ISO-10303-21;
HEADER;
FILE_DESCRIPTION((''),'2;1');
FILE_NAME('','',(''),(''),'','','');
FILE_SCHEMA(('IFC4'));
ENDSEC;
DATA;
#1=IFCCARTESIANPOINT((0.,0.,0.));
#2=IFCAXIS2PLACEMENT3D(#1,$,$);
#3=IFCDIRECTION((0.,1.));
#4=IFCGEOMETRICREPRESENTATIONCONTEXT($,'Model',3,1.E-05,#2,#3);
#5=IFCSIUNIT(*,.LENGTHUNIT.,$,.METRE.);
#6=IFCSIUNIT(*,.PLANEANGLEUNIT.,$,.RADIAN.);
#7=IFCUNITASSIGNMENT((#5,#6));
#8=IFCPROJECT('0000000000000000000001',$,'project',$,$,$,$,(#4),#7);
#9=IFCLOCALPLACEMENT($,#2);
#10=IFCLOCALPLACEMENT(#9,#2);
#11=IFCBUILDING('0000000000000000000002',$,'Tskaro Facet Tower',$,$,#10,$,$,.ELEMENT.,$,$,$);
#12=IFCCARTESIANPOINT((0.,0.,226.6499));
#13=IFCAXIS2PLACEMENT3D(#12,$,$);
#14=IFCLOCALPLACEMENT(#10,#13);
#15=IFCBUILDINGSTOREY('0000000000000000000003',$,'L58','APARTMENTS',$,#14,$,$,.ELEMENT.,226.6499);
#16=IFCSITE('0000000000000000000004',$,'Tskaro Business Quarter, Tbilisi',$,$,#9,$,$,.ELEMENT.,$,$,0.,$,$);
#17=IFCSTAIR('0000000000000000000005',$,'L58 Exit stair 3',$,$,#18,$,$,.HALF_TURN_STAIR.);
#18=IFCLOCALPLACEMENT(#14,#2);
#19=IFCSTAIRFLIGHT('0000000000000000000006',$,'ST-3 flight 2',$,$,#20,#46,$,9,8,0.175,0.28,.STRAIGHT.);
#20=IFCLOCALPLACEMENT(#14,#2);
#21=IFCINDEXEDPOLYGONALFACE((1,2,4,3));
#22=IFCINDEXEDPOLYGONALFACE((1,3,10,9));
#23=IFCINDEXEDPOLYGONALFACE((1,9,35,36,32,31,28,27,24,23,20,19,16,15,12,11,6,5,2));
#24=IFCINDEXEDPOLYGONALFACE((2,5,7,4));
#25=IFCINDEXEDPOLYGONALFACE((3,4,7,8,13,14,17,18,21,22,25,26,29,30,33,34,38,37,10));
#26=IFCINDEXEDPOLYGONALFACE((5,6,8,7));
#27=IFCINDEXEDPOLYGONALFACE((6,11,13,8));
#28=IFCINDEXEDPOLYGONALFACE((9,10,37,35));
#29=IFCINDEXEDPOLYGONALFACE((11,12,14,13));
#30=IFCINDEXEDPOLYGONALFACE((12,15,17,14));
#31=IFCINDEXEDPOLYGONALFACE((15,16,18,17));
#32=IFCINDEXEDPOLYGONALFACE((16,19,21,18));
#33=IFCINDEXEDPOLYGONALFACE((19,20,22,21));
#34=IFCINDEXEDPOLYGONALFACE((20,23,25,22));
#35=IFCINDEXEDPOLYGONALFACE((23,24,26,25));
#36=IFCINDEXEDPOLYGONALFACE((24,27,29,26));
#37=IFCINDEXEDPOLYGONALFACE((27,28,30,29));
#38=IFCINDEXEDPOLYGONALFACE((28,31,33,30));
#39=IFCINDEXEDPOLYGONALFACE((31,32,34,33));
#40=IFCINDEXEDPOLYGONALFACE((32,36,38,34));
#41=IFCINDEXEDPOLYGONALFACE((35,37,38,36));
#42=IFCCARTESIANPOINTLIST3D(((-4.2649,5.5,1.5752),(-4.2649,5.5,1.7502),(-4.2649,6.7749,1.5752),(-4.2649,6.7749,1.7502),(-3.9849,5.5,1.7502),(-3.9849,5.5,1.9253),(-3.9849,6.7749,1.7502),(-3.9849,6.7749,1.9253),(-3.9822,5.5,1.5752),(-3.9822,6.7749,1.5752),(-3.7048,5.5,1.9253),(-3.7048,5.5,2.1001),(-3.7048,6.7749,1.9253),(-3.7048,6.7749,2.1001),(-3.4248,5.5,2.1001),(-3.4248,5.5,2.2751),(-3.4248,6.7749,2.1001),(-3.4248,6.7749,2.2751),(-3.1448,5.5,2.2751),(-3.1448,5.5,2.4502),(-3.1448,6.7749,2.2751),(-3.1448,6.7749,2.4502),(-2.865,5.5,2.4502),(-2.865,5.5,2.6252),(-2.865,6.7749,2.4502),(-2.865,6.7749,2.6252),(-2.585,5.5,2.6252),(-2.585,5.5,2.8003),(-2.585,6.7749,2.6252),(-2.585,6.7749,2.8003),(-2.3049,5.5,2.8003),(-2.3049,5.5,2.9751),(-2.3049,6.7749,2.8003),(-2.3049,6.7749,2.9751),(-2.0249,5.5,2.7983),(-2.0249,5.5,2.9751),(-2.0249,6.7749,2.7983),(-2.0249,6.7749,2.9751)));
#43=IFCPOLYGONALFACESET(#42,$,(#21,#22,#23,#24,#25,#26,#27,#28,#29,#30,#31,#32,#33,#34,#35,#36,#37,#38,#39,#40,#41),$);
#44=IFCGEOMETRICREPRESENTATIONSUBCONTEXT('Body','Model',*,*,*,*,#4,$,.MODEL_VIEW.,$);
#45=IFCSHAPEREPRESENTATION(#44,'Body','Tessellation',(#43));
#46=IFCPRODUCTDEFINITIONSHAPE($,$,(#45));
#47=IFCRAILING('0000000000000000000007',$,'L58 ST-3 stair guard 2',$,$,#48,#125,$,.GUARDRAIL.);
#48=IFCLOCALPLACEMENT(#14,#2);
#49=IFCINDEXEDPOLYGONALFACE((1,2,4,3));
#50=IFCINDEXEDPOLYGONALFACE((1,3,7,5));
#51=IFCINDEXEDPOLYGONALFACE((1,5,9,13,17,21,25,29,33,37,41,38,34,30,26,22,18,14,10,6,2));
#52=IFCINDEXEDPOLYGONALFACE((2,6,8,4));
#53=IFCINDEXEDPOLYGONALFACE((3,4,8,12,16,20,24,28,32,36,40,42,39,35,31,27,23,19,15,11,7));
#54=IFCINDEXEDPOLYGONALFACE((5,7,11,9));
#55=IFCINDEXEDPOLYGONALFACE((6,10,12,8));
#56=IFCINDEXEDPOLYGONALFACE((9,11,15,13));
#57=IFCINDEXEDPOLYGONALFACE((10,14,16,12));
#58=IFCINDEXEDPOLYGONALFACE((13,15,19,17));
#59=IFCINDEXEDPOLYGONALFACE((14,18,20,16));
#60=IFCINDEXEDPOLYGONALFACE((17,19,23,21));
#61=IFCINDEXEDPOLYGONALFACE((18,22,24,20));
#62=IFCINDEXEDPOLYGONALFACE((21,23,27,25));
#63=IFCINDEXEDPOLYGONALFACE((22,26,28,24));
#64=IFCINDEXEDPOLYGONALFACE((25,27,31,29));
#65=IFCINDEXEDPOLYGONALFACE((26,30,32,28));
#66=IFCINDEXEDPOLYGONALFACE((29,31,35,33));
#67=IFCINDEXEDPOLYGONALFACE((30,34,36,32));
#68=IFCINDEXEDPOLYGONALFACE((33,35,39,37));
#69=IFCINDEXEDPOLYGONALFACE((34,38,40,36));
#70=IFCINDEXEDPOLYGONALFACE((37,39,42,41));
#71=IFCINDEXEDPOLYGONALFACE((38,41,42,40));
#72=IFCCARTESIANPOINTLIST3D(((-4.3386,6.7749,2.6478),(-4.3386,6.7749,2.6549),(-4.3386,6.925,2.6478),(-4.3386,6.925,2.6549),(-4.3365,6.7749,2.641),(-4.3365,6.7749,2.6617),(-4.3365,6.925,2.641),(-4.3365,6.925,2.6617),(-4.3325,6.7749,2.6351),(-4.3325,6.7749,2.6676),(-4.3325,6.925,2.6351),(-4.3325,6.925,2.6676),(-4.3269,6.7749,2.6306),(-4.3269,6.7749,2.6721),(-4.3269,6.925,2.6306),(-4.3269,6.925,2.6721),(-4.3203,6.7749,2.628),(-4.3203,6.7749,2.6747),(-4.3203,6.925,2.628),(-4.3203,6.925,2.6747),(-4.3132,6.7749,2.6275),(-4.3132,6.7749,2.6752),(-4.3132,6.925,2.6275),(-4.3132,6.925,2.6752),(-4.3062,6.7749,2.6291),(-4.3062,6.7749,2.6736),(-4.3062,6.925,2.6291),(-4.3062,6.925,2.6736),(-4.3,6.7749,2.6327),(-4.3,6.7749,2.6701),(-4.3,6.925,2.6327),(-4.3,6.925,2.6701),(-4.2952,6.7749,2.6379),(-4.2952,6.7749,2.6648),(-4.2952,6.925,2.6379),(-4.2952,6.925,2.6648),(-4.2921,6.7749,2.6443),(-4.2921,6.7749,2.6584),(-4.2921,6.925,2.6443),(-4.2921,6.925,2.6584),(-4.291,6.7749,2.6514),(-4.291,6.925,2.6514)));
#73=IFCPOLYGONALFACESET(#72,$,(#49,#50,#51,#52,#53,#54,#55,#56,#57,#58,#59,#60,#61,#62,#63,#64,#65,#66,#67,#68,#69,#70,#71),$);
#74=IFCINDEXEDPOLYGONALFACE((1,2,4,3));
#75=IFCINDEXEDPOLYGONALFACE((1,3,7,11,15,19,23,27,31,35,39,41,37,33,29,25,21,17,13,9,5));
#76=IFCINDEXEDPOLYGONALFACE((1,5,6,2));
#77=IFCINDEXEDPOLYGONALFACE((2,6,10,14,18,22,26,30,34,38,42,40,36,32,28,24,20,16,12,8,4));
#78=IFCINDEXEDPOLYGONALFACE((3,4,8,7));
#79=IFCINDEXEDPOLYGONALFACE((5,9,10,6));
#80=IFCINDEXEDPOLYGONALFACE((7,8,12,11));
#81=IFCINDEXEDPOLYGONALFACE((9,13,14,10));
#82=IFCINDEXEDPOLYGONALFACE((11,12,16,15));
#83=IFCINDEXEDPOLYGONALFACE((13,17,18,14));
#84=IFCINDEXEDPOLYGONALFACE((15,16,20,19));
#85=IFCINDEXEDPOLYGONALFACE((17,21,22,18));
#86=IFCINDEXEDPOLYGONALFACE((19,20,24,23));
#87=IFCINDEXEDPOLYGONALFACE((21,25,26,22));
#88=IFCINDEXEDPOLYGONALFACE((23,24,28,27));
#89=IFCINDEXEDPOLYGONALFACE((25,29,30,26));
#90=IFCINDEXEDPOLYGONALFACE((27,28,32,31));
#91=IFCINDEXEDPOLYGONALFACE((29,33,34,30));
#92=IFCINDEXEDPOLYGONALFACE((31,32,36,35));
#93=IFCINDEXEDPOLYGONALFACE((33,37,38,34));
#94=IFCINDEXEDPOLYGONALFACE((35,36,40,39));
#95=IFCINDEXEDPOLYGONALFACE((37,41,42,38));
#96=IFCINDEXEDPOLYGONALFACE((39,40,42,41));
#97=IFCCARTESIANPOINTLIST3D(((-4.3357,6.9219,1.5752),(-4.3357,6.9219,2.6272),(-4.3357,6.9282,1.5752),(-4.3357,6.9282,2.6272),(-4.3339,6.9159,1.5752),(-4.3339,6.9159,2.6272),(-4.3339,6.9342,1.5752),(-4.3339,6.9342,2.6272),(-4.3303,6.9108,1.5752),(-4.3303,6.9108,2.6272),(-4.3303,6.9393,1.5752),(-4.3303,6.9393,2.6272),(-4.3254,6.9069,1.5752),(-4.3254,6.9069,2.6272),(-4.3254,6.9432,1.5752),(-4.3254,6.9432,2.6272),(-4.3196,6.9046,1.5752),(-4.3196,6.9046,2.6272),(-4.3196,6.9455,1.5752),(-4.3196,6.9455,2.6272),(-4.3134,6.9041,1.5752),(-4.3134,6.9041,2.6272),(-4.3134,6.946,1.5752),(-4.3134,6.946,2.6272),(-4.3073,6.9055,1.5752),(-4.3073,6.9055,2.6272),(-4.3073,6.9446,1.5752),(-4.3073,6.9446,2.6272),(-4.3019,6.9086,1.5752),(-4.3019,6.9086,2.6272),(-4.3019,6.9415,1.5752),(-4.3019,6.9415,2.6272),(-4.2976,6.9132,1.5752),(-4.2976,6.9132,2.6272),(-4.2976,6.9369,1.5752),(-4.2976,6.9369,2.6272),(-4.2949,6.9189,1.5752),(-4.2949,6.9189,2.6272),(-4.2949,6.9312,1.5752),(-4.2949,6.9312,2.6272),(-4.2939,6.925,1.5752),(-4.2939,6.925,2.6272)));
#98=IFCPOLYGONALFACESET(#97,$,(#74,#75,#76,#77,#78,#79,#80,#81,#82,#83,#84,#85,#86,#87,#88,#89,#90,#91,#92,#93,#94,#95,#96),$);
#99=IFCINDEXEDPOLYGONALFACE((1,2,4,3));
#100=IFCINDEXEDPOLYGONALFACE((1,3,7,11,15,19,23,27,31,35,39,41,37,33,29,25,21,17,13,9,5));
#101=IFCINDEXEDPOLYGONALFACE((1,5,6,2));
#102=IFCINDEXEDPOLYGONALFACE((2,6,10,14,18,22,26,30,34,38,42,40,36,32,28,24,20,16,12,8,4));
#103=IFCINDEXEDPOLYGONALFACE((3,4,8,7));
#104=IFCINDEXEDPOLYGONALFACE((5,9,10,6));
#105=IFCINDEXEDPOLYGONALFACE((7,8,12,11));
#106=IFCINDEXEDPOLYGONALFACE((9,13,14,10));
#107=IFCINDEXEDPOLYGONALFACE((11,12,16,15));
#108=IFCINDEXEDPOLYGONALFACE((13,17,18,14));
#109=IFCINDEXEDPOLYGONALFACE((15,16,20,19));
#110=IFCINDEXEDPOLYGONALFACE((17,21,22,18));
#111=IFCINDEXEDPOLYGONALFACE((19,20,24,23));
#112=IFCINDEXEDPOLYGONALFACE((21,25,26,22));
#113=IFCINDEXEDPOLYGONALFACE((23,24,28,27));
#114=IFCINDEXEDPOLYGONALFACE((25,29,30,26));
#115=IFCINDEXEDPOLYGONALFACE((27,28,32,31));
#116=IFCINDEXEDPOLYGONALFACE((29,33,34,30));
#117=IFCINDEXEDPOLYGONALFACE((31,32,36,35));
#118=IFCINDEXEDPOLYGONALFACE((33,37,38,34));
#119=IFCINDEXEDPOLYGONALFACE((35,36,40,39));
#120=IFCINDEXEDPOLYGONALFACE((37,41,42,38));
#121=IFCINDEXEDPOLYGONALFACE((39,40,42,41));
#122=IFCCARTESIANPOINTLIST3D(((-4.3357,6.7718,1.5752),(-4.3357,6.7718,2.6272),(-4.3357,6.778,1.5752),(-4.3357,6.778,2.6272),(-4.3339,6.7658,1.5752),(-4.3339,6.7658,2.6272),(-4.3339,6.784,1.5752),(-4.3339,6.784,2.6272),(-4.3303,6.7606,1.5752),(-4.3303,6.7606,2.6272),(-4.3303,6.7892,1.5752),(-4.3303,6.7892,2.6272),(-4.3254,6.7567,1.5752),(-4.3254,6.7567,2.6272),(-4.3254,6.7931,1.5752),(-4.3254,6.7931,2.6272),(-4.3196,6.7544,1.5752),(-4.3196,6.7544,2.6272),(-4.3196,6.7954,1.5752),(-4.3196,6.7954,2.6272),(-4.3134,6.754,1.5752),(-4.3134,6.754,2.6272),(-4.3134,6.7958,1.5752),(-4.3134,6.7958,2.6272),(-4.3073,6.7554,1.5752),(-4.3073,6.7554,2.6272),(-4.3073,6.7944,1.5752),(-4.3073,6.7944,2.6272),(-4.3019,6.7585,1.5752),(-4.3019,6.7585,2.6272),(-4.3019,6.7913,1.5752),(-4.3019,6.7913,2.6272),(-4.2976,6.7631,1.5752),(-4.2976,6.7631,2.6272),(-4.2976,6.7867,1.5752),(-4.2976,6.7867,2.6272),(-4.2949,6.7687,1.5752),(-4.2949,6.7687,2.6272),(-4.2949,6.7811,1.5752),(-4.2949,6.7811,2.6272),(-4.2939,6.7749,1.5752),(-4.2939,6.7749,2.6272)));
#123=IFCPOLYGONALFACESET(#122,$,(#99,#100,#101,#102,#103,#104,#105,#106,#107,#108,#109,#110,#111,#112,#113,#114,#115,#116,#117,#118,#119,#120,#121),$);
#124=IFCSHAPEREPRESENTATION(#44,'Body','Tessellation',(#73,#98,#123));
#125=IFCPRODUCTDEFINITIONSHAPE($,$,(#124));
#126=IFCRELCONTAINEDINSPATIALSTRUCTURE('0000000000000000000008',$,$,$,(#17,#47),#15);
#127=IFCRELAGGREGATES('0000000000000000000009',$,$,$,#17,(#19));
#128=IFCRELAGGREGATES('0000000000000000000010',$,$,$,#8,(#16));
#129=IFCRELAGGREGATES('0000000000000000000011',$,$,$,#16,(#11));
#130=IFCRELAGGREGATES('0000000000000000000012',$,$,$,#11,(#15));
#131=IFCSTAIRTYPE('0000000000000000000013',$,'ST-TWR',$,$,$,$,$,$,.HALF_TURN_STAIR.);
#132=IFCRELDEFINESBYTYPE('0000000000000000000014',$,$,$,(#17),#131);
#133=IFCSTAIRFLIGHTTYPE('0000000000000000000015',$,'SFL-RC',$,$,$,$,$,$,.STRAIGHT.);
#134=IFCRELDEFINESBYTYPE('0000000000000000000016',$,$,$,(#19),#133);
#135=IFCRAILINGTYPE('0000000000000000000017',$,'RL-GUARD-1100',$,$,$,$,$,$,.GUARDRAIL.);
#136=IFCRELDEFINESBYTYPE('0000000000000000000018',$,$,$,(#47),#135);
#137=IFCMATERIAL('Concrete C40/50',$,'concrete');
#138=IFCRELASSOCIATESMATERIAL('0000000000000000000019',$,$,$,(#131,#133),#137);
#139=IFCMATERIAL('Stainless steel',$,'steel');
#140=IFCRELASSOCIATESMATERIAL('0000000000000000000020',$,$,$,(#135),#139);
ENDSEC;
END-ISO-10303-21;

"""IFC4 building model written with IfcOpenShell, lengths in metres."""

from ifc_helpers import new_model, si_unit, direction, frame, origin, origin_2d, place, context, subcontext, project, spatial, polyline, circle, outline, extrude, material, type_object, element, aggregate, save


model = new_model("IFC4")

# Units and contexts
model_context = context("Model", 3, precision=1e-05, world=origin(), true_north=direction((0.0, 1.0)))
body_context = subcontext(model_context, "Body", "Model", "MODEL_VIEW")
ifc_project = project(units=[si_unit("LENGTHUNIT", "METRE"), si_unit("PLANEANGLEUNIT", "RADIAN")], contexts=[model_context])

# Site, building, storey
site_placement = place(None, origin())
site = spatial("IfcSite", under=ifc_project, at=site_placement, Name="Tskaro Business Quarter, Tbilisi", CompositionType="ELEMENT", RefElevation=0.0)
building_placement = place(site_placement, origin())
building = spatial("IfcBuilding", under=site, at=building_placement, Name="Tskaro Facet Tower", CompositionType="ELEMENT")
storey_placement = place(building_placement, frame((0.0, 0.0, 226.6499)))
storey = spatial("IfcBuildingStorey", under=building, at=storey_placement, Name="L58", Description="APARTMENTS", CompositionType="ELEMENT", Elevation=226.6499)

# Shared definitions
ifc_material_1 = material(Name="Concrete C40/50", Category="concrete")

# Stair, stair flight
stair_type = type_object("IfcStairType", Name="ST-TWR", PredefinedType="HALF_TURN_STAIR", material=ifc_material_1)
stair_placement = place(storey_placement, origin())
stair = element("IfcStair", 1, at=stair_placement, inside=storey, type_object=stair_type, Name="L58 Exit stair 3", PredefinedType="HALF_TURN_STAIR")
stair_flight_type = type_object("IfcStairFlightType", Name="SFL-RC", PredefinedType="STRAIGHT", material=ifc_material_1)
stair_flight_placement = place(storey_placement, frame((-4.2649, 6.1375, 1.5752), z_axis=(0.0, 0.0, 1.0), x_axis=(1.0, 0.0, 0.0)))
stair_flight = element("IfcStairFlight", 2, at=stair_flight_placement, type_object=stair_flight_type, Name="ST-3 flight 2", NumberOfRisers=9, NumberOfTreads=8, PredefinedType="STRAIGHT", RiserHeight=0.175, TreadLength=0.28, context=body_context, shape_type="SweptSolid", body=[
    extrude(outline(polyline([(0.0, 0.0), (0.0, 0.175), (0.28, 0.175), (0.28, 0.3501), (0.5601, 0.3501), (0.5601, 0.5249), (0.8401, 0.5249), (0.8401, 0.7), (1.1201, 0.7), (1.1201, 0.875), (1.3999, 0.875), (1.3999, 1.05), (1.6799, 1.05), (1.6799, 1.2251), (1.96, 1.2251), (1.96, 1.3999), (2.24, 1.3999), (2.24, 1.575), (2.24, 1.2231), (0.2827, 0.0), (0.0, 0.0)])), frame((0.0, 0.6375, 0.0), z_axis=(0.0, -1.0, 0.0), x_axis=(1.0, 0.0, 0.0)), (0.0, 0.0, 1.0), 1.2749),
])
aggregate(stair, [stair_flight])

# Railing
ifc_material_2 = material(Name="Stainless steel", Category="steel")
railing_type_1 = type_object("IfcRailingType", Name="RL-GUARD-1100", PredefinedType="GUARDRAIL", material=ifc_material_2)
railing_1_placement = place(storey_placement, frame((-4.3149, 6.925, 1.5752)))
element("IfcRailing", 3, at=railing_1_placement, inside=storey, type_object=railing_type_1, Name="L58 ST-3 stair guard 2", PredefinedType="GUARDRAIL", context=body_context, shape_type="SweptSolid", body=[
    extrude(circle(Radius=0.0239, at=origin_2d()), frame((0.0, 0.0, 1.0762), z_axis=(0.0, -1.0, 0.0), x_axis=(1.0, 0.0, 0.0)), (0.0, 0.0, 1.0), 0.1501),
    extrude(circle(Radius=0.021, at=origin_2d()), origin(), (0.0, 0.0, 1.0), 1.052),
    extrude(circle(Radius=0.021, at=origin_2d()), frame((0.0, -0.1501, 0.0)), (0.0, 0.0, 1.0), 1.052),
])

save(model, "model.ifc")
